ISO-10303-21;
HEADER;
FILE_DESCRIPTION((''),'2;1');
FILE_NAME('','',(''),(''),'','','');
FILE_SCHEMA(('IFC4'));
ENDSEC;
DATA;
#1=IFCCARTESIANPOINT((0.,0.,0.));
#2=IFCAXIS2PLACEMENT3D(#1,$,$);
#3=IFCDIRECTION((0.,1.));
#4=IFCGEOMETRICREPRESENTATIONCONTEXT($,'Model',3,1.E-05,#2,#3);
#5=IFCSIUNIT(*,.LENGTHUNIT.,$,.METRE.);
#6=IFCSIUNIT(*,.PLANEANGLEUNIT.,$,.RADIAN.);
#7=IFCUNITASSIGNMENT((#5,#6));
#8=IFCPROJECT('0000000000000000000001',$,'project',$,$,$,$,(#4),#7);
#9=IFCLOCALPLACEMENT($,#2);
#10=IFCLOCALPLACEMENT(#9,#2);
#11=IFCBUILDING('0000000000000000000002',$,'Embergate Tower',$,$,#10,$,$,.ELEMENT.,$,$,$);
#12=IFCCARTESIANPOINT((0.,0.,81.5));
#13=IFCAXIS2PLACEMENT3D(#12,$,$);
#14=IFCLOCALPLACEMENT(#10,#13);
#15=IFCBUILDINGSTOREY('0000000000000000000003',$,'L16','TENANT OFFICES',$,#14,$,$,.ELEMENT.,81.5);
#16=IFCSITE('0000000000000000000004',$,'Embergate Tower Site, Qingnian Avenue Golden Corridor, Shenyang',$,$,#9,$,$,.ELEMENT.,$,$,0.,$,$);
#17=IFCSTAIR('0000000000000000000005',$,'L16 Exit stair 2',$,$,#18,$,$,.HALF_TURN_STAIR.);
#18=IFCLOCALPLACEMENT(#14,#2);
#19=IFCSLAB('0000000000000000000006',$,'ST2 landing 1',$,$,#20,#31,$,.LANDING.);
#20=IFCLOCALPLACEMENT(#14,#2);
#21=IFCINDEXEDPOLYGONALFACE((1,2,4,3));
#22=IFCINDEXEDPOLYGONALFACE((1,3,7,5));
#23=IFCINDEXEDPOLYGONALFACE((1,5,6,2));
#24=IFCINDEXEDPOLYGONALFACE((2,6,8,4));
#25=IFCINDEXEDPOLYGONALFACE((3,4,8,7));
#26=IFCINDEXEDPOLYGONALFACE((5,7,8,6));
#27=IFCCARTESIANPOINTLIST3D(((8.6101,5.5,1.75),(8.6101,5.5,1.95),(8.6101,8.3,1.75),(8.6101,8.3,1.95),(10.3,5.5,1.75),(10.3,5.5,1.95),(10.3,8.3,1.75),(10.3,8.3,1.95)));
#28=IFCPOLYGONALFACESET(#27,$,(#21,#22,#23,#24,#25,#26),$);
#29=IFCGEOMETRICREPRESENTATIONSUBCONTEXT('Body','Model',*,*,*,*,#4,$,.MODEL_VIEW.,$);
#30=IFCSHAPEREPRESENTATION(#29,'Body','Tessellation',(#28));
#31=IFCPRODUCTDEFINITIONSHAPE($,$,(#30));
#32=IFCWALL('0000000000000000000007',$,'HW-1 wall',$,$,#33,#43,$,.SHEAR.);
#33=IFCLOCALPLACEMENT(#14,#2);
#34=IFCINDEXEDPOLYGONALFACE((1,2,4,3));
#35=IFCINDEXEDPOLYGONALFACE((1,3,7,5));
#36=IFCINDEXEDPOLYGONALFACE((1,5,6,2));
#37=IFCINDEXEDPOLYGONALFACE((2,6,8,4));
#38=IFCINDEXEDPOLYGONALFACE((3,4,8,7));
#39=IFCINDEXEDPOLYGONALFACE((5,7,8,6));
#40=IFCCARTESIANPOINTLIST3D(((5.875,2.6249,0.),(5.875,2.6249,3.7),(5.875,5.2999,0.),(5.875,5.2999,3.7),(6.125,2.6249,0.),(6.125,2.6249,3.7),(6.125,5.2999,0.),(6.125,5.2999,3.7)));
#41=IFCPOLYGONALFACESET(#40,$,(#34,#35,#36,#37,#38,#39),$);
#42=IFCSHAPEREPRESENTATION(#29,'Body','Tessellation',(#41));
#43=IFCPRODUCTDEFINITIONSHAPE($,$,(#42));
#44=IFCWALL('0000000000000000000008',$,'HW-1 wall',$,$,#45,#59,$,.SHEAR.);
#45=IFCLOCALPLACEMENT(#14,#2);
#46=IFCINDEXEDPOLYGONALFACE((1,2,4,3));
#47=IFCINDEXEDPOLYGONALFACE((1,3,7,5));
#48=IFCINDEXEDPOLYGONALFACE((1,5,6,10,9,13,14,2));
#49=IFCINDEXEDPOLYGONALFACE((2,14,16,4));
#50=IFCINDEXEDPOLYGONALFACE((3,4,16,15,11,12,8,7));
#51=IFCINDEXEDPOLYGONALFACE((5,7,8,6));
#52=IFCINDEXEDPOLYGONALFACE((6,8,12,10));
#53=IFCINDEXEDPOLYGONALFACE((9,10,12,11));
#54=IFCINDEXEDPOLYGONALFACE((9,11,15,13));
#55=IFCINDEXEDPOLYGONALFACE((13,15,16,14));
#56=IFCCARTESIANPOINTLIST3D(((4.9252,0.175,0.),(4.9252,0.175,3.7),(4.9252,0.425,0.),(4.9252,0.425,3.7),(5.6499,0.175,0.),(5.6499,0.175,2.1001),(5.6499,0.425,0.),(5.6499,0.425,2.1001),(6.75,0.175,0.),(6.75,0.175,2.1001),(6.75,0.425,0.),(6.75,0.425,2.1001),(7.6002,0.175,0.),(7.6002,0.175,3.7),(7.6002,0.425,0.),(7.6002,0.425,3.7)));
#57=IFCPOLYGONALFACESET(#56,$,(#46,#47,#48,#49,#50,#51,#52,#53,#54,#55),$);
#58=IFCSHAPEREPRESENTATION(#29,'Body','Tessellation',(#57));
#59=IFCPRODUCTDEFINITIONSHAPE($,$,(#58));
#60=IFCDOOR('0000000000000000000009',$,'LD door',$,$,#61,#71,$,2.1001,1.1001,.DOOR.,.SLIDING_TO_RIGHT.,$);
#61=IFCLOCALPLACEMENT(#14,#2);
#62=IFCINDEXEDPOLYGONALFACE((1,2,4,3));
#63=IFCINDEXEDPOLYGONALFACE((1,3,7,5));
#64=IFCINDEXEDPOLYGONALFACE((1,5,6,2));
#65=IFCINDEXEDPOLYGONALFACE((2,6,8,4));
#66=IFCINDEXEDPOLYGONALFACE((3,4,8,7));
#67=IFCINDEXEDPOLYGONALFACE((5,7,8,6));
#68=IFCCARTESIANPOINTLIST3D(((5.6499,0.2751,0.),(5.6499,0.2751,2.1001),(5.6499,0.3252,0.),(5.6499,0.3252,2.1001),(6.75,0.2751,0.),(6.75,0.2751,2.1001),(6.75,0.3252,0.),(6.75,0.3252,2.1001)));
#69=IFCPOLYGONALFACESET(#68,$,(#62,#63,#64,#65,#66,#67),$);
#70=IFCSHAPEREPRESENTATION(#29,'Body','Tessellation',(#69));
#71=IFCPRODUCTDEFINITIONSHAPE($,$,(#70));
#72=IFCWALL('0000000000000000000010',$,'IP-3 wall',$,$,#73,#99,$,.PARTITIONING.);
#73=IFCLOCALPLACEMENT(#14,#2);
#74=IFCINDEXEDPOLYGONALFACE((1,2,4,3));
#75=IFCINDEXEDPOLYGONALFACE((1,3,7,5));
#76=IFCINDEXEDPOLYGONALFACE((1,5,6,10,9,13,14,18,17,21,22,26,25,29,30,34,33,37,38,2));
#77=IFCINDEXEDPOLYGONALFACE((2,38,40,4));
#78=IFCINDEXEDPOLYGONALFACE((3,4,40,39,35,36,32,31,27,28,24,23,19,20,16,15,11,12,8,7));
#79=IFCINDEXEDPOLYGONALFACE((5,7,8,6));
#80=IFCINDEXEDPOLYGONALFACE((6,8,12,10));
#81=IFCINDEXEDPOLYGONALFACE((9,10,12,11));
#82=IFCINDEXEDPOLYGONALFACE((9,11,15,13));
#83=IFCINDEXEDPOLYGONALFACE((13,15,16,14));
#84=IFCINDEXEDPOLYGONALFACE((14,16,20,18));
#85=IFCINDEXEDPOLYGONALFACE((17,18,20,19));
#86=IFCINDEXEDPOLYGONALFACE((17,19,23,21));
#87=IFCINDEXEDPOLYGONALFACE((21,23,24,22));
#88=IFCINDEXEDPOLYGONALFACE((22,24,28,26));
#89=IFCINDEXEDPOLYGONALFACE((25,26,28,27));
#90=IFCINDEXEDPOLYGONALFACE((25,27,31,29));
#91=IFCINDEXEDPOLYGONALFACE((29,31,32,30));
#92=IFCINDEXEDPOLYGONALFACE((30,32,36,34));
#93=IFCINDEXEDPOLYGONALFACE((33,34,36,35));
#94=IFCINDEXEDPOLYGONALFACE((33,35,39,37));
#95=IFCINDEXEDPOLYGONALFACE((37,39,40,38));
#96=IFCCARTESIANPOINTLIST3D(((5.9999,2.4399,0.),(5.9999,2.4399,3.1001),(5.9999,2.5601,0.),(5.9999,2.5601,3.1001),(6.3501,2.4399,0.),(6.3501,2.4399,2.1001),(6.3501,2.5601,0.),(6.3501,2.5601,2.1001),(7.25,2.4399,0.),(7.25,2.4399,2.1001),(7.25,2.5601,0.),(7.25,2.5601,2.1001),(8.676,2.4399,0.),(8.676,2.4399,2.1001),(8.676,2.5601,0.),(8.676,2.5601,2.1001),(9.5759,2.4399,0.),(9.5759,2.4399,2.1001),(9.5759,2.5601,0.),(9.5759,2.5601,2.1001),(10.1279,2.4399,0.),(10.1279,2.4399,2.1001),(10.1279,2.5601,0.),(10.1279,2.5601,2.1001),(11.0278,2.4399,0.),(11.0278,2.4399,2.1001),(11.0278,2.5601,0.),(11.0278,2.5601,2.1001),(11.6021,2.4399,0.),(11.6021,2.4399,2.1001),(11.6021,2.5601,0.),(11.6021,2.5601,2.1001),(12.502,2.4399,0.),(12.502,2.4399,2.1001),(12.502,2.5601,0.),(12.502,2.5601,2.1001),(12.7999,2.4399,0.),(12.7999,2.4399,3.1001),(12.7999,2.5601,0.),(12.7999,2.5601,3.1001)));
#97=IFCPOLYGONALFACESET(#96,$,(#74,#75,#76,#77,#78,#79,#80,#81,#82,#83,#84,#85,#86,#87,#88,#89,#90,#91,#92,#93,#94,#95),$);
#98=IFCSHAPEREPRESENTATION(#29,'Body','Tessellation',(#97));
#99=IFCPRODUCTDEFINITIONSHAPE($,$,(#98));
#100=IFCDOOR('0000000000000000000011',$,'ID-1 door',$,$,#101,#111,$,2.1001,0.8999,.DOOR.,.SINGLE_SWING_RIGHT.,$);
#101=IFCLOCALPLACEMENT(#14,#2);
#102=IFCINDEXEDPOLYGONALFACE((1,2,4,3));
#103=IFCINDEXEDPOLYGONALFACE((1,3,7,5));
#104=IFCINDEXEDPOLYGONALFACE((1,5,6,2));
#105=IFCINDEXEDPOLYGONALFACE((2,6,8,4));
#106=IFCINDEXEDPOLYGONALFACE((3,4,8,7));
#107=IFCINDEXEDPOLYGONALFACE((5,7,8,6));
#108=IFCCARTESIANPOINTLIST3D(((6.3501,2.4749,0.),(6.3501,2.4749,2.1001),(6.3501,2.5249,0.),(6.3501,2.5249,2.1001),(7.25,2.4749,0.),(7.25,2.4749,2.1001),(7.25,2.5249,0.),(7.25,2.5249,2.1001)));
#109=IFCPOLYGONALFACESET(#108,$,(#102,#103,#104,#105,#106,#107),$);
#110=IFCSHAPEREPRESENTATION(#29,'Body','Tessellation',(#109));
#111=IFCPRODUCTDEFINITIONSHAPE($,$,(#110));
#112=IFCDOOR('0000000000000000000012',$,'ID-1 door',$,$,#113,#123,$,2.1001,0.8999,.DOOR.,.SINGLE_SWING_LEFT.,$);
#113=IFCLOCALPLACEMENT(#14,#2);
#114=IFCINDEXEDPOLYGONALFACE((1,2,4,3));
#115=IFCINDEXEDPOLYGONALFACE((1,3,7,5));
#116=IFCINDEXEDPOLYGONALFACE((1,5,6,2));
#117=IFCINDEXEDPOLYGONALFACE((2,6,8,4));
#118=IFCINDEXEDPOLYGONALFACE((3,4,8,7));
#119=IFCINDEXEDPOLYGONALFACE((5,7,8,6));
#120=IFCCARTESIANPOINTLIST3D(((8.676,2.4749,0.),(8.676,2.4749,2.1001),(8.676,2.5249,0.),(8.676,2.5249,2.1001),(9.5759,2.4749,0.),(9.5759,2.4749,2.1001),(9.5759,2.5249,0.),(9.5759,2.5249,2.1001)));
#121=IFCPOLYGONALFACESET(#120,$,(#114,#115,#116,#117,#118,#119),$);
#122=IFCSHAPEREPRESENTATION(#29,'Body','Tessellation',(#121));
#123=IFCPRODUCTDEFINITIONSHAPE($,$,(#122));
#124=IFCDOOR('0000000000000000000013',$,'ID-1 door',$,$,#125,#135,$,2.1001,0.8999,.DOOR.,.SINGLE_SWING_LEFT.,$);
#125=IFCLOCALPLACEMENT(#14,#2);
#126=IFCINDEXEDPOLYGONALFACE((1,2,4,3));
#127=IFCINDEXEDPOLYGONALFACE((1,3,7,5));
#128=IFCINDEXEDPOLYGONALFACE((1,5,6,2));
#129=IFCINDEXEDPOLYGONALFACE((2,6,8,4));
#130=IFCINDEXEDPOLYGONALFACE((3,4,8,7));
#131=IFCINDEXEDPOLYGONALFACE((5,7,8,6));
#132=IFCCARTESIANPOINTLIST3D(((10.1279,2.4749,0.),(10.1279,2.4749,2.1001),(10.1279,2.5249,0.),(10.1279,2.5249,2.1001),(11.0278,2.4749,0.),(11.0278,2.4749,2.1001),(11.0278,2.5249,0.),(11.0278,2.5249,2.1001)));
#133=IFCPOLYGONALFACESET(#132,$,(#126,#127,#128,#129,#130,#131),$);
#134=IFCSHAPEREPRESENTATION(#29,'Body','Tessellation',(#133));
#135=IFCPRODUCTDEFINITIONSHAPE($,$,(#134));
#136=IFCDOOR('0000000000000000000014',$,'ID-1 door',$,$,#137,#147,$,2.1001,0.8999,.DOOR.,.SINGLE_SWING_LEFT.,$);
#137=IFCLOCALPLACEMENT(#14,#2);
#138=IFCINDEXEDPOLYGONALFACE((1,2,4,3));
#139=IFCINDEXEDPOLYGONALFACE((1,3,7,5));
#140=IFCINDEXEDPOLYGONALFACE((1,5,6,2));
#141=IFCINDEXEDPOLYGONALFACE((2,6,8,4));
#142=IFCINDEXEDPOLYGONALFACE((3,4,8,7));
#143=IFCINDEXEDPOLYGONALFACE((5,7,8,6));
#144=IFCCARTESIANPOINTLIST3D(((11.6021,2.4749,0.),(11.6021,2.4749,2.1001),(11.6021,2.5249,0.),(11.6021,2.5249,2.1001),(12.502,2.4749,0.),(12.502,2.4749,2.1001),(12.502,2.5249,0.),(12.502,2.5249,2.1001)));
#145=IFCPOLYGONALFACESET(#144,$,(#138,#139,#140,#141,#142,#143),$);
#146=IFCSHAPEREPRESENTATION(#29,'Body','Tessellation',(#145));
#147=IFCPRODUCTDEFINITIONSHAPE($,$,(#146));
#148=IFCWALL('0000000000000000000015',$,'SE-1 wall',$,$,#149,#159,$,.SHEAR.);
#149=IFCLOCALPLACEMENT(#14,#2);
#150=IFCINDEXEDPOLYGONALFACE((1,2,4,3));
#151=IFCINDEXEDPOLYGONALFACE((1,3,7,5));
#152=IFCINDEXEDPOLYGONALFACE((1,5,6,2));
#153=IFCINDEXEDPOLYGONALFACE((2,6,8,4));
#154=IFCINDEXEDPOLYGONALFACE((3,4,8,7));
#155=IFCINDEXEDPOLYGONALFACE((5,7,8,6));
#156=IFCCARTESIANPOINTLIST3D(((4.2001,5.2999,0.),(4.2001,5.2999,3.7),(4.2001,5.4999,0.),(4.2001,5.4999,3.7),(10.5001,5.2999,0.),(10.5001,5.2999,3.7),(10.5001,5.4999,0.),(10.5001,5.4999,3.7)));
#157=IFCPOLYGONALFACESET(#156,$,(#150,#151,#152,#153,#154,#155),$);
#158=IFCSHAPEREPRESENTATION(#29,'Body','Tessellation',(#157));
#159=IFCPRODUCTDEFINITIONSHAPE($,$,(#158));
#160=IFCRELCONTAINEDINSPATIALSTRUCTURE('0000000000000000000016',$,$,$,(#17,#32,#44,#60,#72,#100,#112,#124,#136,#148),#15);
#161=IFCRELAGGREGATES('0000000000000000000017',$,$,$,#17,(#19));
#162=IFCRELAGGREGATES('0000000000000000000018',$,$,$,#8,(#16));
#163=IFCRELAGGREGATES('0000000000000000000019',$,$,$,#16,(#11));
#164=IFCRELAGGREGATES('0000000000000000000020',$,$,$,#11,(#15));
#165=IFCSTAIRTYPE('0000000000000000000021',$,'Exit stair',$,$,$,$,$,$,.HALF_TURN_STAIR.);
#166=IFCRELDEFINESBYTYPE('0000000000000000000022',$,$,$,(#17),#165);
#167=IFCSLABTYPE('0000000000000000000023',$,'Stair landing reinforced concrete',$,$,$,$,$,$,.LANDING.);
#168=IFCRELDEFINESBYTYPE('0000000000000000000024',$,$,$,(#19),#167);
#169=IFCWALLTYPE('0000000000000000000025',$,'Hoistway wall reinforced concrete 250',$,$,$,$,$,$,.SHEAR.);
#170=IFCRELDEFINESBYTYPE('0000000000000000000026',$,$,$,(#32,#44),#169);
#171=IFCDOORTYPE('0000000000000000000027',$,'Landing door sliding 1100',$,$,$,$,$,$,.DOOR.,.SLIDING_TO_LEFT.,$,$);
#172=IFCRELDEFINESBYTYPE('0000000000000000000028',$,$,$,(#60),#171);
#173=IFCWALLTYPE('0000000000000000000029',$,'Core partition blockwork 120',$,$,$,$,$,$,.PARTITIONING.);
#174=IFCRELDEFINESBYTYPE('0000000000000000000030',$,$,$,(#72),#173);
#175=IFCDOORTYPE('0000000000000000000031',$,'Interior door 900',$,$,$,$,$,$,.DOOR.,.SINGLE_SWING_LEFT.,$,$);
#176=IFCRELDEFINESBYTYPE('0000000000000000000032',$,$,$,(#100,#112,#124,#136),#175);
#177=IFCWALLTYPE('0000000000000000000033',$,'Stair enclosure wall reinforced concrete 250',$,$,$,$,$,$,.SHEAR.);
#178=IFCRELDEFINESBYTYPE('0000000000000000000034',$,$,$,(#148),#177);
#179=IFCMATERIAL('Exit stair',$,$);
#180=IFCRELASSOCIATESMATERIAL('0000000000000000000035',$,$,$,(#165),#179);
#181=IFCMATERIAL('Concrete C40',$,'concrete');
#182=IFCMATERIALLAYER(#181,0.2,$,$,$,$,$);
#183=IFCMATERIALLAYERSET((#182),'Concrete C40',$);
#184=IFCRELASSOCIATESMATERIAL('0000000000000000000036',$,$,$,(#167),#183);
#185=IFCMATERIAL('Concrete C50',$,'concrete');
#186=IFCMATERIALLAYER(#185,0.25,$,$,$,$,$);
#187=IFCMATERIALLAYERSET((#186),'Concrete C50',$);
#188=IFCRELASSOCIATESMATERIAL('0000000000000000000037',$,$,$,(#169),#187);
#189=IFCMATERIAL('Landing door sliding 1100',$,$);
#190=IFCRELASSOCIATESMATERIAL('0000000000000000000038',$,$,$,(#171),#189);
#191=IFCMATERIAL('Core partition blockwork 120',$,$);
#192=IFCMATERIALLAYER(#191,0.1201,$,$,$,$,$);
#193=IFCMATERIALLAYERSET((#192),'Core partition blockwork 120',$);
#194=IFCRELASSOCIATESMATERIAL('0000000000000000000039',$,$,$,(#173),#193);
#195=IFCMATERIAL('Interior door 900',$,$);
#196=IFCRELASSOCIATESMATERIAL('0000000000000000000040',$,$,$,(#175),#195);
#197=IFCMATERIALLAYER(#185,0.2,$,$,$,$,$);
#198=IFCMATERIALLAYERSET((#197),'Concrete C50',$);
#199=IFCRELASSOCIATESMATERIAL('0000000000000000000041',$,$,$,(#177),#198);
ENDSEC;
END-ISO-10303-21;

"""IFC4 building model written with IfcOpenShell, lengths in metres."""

from ifc_helpers import new_model, si_unit, direction, frame, frame_2d, origin, place, context, subcontext, project, spatial, polyline, rectangle, outline, extrude, source, transform, mapped, material, layer, layer_set, type_object, element, fill, aggregate, save


model = new_model("IFC4")

# Units and contexts
model_context = context("Model", 3, precision=1e-05, world=origin(), true_north=direction((0.0, 1.0)))
body_context = subcontext(model_context, "Body", "Model", "MODEL_VIEW")
ifc_project = project(units=[si_unit("LENGTHUNIT", "METRE"), si_unit("PLANEANGLEUNIT", "RADIAN")], contexts=[model_context])

# Site, building, storey
site_placement = place(None, origin())
site = spatial("IfcSite", under=ifc_project, at=site_placement, Name="Embergate Tower Site, Qingnian Avenue Golden Corridor, Shenyang", CompositionType="ELEMENT", RefElevation=0.0)
building_placement = place(site_placement, origin())
building = spatial("IfcBuilding", under=site, at=building_placement, Name="Embergate Tower", CompositionType="ELEMENT")
storey_placement = place(building_placement, frame((0.0, 0.0, 81.5)))
storey = spatial("IfcBuildingStorey", under=building, at=storey_placement, Name="L16", Description="TENANT OFFICES", CompositionType="ELEMENT", Elevation=81.5)

# Stair, slab
ifc_material_1 = material(Name="Exit stair")
stair_type = type_object("IfcStairType", Name="Exit stair", PredefinedType="HALF_TURN_STAIR", material=ifc_material_1)
stair_placement = place(storey_placement, origin())
stair = element("IfcStair", 1, at=stair_placement, inside=storey, type_object=stair_type, Name="L16 Exit stair 2", PredefinedType="HALF_TURN_STAIR")
ifc_material_2 = material(Name="Concrete C40", Category="concrete")
ifc_layer_1 = layer(ifc_material_2, 0.2)
ifc_layer_set_1 = layer_set([ifc_layer_1], Name="Concrete C40")
slab_type = type_object("IfcSlabType", Name="Stair landing reinforced concrete", PredefinedType="LANDING", material=ifc_layer_set_1)
shared_shape_1 = source(origin(), body_context, "Body", "SweptSolid", [
    extrude(outline(polyline([(0.0, 0.0), (1.6899, 0.0), (1.6899, 2.8), (0.0, 2.8), (0.0, 0.0)])), origin(), (0.0, 0.0, 1.0), 0.2),
])
slab_placement = place(storey_placement, frame((8.6101, 5.5, 1.75)))
slab = element("IfcSlab", 2, at=slab_placement, type_object=slab_type, Name="ST2 landing 1", PredefinedType="LANDING", context=body_context, shape_type="MappedRepresentation", body=[
    mapped(shared_shape_1, transform((0.0, 0.0, 0.0))),
])

# Wall
ifc_material_3 = material(Name="Concrete C50", Category="concrete")
ifc_layer_2 = layer(ifc_material_3, 0.25)
ifc_layer_set_2 = layer_set([ifc_layer_2], Name="Concrete C50")
wall_type_1 = type_object("IfcWallType", Name="Hoistway wall reinforced concrete 250", PredefinedType="SHEAR", material=ifc_layer_set_2)
shared_shape_2 = source(origin(), body_context, "Body", "SweptSolid", [
    extrude(rectangle(XDim=2.675, YDim=0.25, at=frame_2d((1.3374, 0.0))), origin(), (0.0, 0.0, 1.0), 3.7),
])
wall_1_placement = place(storey_placement, frame((6.0, 2.625, 0.0), z_axis=(0.0, 0.0, 1.0), x_axis=(0.0, 1.0, 0.0)))
element("IfcWall", 3, at=wall_1_placement, inside=storey, type_object=wall_type_1, Name="HW-1 wall", PredefinedType="SHEAR", context=body_context, shape_type="MappedRepresentation", body=[
    mapped(shared_shape_2, transform((0.0, 0.0, 0.0))),
])

# Wall, opening, door
wall_2_placement = place(storey_placement, frame((7.6001, 0.3, 0.0), z_axis=(0.0, 0.0, 1.0), x_axis=(-1.0, 0.0, 0.0)))
wall_2 = element("IfcWall", 4, at=wall_2_placement, inside=storey, type_object=wall_type_1, Name="HW-1 wall", PredefinedType="SHEAR", context=body_context, shape_type="MappedRepresentation", body=[
    mapped(shared_shape_2, transform((0.0, 0.0, 0.0))),
])
shared_shape_3 = source(origin(), body_context, "Body", "SweptSolid", [
    extrude(rectangle(XDim=1.1001, YDim=2.1001, at=frame_2d((0.55, 1.05))), frame((0.0, 0.135, 0.0), z_axis=(0.0, -1.0, 0.0), x_axis=(1.0, 0.0, 0.0)), (0.0, 0.0, 1.0), 0.27),
])
opening_1_placement = place(wall_2_placement, frame((0.8501, 0.0, 0.0)))
opening_1 = element("IfcOpeningElement", 5, at=opening_1_placement, cuts=wall_2, PredefinedType="OPENING", context=body_context, shape_type="MappedRepresentation", body=[
    mapped(shared_shape_3, transform((0.0, 0.0, 0.0))),
])
ifc_material_4 = material(Name="Landing door sliding 1100")
door_type_1 = type_object("IfcDoorType", Name="Landing door sliding 1100", OperationType="SLIDING_TO_LEFT", PredefinedType="DOOR", material=ifc_material_4)
shared_shape_4 = source(origin(), body_context, "Body", "SweptSolid", [
    extrude(rectangle(XDim=1.1001, YDim=2.1001, at=frame_2d((0.55, 1.05))), frame((0.0, 0.0249, 0.0), z_axis=(0.0, -1.0, 0.0), x_axis=(1.0, 0.0, 0.0)), (0.0, 0.0, 1.0), 0.05),
])
door_1_placement = place(opening_1_placement, origin())
door_1 = element("IfcDoor", 6, at=door_1_placement, inside=storey, type_object=door_type_1, Name="LD door", OperationType="SLIDING_TO_RIGHT", OverallHeight=2.1001, OverallWidth=1.1001, PredefinedType="DOOR", context=body_context, shape_type="MappedRepresentation", body=[
    mapped(shared_shape_4, transform((0.0, 0.0, 0.0))),
])
fill(opening_1, door_1)

# Wall, openings, doors
ifc_material_5 = material(Name="Core partition blockwork 120")
ifc_layer_3 = layer(ifc_material_5, 0.1201)
ifc_layer_set_3 = layer_set([ifc_layer_3], Name="Core partition blockwork 120")
wall_type_2 = type_object("IfcWallType", Name="Core partition blockwork 120", PredefinedType="PARTITIONING", material=ifc_layer_set_3)
shared_shape_5 = source(origin(), body_context, "Body", "SweptSolid", [
    extrude(rectangle(XDim=6.8, YDim=0.1201, at=frame_2d((3.3999, 0.0))), origin(), (0.0, 0.0, 1.0), 3.1001),
])
wall_3_placement = place(storey_placement, frame((6.0, 2.5, 0.0), z_axis=(0.0, 0.0, 1.0), x_axis=(1.0, 0.0, 0.0)))
wall_3 = element("IfcWall", 7, at=wall_3_placement, inside=storey, type_object=wall_type_2, Name="IP-3 wall", PredefinedType="PARTITIONING", context=body_context, shape_type="MappedRepresentation", body=[
    mapped(shared_shape_5, transform((0.0, 0.0, 0.0))),
])
shared_shape_6 = source(origin(), body_context, "Body", "SweptSolid", [
    extrude(rectangle(XDim=0.8999, YDim=2.1001, at=frame_2d((0.45, 1.05))), frame((0.0, 0.0701, 0.0), z_axis=(0.0, -1.0, 0.0), x_axis=(1.0, 0.0, 0.0)), (0.0, 0.0, 1.0), 0.1401),
])
opening_2_placement = place(wall_3_placement, frame((0.3501, 0.0, 0.0)))
opening_2 = element("IfcOpeningElement", 8, at=opening_2_placement, cuts=wall_3, PredefinedType="OPENING", context=body_context, shape_type="MappedRepresentation", body=[
    mapped(shared_shape_6, transform((0.0, 0.0, 0.0))),
])
opening_3_placement = place(wall_3_placement, frame((2.676, 0.0, 0.0)))
opening_3 = element("IfcOpeningElement", 9, at=opening_3_placement, cuts=wall_3, PredefinedType="OPENING", context=body_context, shape_type="MappedRepresentation", body=[
    mapped(shared_shape_6, transform((0.0, 0.0, 0.0))),
])
opening_4_placement = place(wall_3_placement, frame((4.1279, 0.0, 0.0)))
opening_4 = element("IfcOpeningElement", 10, at=opening_4_placement, cuts=wall_3, PredefinedType="OPENING", context=body_context, shape_type="MappedRepresentation", body=[
    mapped(shared_shape_6, transform((0.0, 0.0, 0.0))),
])
opening_5_placement = place(wall_3_placement, frame((5.6021, 0.0, 0.0)))
opening_5 = element("IfcOpeningElement", 11, at=opening_5_placement, cuts=wall_3, PredefinedType="OPENING", context=body_context, shape_type="MappedRepresentation", body=[
    mapped(shared_shape_6, transform((0.0, 0.0, 0.0))),
])
ifc_material_6 = material(Name="Interior door 900")
door_type_2 = type_object("IfcDoorType", Name="Interior door 900", OperationType="SINGLE_SWING_LEFT", PredefinedType="DOOR", material=ifc_material_6)
shared_shape_7 = source(origin(), body_context, "Body", "SweptSolid", [
    extrude(rectangle(XDim=0.8999, YDim=2.1001, at=frame_2d((0.45, 1.05))), frame((0.0, 0.0249, 0.0), z_axis=(0.0, -1.0, 0.0), x_axis=(1.0, 0.0, 0.0)), (0.0, 0.0, 1.0), 0.05),
])
door_2_placement = place(opening_2_placement, origin())
door_2 = element("IfcDoor", 12, at=door_2_placement, inside=storey, type_object=door_type_2, Name="ID-1 door", OperationType="SINGLE_SWING_RIGHT", OverallHeight=2.1001, OverallWidth=0.8999, PredefinedType="DOOR", context=body_context, shape_type="MappedRepresentation", body=[
    mapped(shared_shape_7, transform((0.0, 0.0, 0.0))),
])
fill(opening_2, door_2)
door_3_placement = place(opening_3_placement, origin())
door_3 = element("IfcDoor", 13, at=door_3_placement, inside=storey, type_object=door_type_2, Name="ID-1 door", OperationType="SINGLE_SWING_LEFT", OverallHeight=2.1001, OverallWidth=0.8999, PredefinedType="DOOR", context=body_context, shape_type="MappedRepresentation", body=[
    mapped(shared_shape_7, transform((0.0, 0.0, 0.0))),
])
fill(opening_3, door_3)
door_4_placement = place(opening_4_placement, origin())
door_4 = element("IfcDoor", 14, at=door_4_placement, inside=storey, type_object=door_type_2, Name="ID-1 door", OperationType="SINGLE_SWING_LEFT", OverallHeight=2.1001, OverallWidth=0.8999, PredefinedType="DOOR", context=body_context, shape_type="MappedRepresentation", body=[
    mapped(shared_shape_7, transform((0.0, 0.0, 0.0))),
])
fill(opening_4, door_4)
door_5_placement = place(opening_5_placement, origin())
door_5 = element("IfcDoor", 15, at=door_5_placement, inside=storey, type_object=door_type_2, Name="ID-1 door", OperationType="SINGLE_SWING_LEFT", OverallHeight=2.1001, OverallWidth=0.8999, PredefinedType="DOOR", context=body_context, shape_type="MappedRepresentation", body=[
    mapped(shared_shape_7, transform((0.0, 0.0, 0.0))),
])
fill(opening_5, door_5)

# Wall
ifc_layer_4 = layer(ifc_material_3, 0.2)
ifc_layer_set_4 = layer_set([ifc_layer_4], Name="Concrete C50")
wall_type_3 = type_object("IfcWallType", Name="Stair enclosure wall reinforced concrete 250", PredefinedType="SHEAR", material=ifc_layer_set_4)
shared_shape_8 = source(origin(), body_context, "Body", "SweptSolid", [
    extrude(rectangle(XDim=6.3, YDim=0.2, at=frame_2d((3.1499, 0.0))), origin(), (0.0, 0.0, 1.0), 3.7),
])
for number, where, z_axis, x_axis, name in (
    (16, (10.5, 5.3999, 0.0), (0.0, 0.0, 1.0), (-1.0, 0.0, 0.0), "SE-1 wall"),
):
    element("IfcWall", number, at=place(storey_placement, frame(where, z_axis=z_axis, x_axis=x_axis)), inside=storey, type_object=wall_type_3, Name=name, PredefinedType="SHEAR", context=body_context, shape_type="MappedRepresentation", body=[
        mapped(shared_shape_8, transform((0.0, 0.0, 0.0))),
    ])

aggregate(stair, [slab])

save(model, "model.ifc")
